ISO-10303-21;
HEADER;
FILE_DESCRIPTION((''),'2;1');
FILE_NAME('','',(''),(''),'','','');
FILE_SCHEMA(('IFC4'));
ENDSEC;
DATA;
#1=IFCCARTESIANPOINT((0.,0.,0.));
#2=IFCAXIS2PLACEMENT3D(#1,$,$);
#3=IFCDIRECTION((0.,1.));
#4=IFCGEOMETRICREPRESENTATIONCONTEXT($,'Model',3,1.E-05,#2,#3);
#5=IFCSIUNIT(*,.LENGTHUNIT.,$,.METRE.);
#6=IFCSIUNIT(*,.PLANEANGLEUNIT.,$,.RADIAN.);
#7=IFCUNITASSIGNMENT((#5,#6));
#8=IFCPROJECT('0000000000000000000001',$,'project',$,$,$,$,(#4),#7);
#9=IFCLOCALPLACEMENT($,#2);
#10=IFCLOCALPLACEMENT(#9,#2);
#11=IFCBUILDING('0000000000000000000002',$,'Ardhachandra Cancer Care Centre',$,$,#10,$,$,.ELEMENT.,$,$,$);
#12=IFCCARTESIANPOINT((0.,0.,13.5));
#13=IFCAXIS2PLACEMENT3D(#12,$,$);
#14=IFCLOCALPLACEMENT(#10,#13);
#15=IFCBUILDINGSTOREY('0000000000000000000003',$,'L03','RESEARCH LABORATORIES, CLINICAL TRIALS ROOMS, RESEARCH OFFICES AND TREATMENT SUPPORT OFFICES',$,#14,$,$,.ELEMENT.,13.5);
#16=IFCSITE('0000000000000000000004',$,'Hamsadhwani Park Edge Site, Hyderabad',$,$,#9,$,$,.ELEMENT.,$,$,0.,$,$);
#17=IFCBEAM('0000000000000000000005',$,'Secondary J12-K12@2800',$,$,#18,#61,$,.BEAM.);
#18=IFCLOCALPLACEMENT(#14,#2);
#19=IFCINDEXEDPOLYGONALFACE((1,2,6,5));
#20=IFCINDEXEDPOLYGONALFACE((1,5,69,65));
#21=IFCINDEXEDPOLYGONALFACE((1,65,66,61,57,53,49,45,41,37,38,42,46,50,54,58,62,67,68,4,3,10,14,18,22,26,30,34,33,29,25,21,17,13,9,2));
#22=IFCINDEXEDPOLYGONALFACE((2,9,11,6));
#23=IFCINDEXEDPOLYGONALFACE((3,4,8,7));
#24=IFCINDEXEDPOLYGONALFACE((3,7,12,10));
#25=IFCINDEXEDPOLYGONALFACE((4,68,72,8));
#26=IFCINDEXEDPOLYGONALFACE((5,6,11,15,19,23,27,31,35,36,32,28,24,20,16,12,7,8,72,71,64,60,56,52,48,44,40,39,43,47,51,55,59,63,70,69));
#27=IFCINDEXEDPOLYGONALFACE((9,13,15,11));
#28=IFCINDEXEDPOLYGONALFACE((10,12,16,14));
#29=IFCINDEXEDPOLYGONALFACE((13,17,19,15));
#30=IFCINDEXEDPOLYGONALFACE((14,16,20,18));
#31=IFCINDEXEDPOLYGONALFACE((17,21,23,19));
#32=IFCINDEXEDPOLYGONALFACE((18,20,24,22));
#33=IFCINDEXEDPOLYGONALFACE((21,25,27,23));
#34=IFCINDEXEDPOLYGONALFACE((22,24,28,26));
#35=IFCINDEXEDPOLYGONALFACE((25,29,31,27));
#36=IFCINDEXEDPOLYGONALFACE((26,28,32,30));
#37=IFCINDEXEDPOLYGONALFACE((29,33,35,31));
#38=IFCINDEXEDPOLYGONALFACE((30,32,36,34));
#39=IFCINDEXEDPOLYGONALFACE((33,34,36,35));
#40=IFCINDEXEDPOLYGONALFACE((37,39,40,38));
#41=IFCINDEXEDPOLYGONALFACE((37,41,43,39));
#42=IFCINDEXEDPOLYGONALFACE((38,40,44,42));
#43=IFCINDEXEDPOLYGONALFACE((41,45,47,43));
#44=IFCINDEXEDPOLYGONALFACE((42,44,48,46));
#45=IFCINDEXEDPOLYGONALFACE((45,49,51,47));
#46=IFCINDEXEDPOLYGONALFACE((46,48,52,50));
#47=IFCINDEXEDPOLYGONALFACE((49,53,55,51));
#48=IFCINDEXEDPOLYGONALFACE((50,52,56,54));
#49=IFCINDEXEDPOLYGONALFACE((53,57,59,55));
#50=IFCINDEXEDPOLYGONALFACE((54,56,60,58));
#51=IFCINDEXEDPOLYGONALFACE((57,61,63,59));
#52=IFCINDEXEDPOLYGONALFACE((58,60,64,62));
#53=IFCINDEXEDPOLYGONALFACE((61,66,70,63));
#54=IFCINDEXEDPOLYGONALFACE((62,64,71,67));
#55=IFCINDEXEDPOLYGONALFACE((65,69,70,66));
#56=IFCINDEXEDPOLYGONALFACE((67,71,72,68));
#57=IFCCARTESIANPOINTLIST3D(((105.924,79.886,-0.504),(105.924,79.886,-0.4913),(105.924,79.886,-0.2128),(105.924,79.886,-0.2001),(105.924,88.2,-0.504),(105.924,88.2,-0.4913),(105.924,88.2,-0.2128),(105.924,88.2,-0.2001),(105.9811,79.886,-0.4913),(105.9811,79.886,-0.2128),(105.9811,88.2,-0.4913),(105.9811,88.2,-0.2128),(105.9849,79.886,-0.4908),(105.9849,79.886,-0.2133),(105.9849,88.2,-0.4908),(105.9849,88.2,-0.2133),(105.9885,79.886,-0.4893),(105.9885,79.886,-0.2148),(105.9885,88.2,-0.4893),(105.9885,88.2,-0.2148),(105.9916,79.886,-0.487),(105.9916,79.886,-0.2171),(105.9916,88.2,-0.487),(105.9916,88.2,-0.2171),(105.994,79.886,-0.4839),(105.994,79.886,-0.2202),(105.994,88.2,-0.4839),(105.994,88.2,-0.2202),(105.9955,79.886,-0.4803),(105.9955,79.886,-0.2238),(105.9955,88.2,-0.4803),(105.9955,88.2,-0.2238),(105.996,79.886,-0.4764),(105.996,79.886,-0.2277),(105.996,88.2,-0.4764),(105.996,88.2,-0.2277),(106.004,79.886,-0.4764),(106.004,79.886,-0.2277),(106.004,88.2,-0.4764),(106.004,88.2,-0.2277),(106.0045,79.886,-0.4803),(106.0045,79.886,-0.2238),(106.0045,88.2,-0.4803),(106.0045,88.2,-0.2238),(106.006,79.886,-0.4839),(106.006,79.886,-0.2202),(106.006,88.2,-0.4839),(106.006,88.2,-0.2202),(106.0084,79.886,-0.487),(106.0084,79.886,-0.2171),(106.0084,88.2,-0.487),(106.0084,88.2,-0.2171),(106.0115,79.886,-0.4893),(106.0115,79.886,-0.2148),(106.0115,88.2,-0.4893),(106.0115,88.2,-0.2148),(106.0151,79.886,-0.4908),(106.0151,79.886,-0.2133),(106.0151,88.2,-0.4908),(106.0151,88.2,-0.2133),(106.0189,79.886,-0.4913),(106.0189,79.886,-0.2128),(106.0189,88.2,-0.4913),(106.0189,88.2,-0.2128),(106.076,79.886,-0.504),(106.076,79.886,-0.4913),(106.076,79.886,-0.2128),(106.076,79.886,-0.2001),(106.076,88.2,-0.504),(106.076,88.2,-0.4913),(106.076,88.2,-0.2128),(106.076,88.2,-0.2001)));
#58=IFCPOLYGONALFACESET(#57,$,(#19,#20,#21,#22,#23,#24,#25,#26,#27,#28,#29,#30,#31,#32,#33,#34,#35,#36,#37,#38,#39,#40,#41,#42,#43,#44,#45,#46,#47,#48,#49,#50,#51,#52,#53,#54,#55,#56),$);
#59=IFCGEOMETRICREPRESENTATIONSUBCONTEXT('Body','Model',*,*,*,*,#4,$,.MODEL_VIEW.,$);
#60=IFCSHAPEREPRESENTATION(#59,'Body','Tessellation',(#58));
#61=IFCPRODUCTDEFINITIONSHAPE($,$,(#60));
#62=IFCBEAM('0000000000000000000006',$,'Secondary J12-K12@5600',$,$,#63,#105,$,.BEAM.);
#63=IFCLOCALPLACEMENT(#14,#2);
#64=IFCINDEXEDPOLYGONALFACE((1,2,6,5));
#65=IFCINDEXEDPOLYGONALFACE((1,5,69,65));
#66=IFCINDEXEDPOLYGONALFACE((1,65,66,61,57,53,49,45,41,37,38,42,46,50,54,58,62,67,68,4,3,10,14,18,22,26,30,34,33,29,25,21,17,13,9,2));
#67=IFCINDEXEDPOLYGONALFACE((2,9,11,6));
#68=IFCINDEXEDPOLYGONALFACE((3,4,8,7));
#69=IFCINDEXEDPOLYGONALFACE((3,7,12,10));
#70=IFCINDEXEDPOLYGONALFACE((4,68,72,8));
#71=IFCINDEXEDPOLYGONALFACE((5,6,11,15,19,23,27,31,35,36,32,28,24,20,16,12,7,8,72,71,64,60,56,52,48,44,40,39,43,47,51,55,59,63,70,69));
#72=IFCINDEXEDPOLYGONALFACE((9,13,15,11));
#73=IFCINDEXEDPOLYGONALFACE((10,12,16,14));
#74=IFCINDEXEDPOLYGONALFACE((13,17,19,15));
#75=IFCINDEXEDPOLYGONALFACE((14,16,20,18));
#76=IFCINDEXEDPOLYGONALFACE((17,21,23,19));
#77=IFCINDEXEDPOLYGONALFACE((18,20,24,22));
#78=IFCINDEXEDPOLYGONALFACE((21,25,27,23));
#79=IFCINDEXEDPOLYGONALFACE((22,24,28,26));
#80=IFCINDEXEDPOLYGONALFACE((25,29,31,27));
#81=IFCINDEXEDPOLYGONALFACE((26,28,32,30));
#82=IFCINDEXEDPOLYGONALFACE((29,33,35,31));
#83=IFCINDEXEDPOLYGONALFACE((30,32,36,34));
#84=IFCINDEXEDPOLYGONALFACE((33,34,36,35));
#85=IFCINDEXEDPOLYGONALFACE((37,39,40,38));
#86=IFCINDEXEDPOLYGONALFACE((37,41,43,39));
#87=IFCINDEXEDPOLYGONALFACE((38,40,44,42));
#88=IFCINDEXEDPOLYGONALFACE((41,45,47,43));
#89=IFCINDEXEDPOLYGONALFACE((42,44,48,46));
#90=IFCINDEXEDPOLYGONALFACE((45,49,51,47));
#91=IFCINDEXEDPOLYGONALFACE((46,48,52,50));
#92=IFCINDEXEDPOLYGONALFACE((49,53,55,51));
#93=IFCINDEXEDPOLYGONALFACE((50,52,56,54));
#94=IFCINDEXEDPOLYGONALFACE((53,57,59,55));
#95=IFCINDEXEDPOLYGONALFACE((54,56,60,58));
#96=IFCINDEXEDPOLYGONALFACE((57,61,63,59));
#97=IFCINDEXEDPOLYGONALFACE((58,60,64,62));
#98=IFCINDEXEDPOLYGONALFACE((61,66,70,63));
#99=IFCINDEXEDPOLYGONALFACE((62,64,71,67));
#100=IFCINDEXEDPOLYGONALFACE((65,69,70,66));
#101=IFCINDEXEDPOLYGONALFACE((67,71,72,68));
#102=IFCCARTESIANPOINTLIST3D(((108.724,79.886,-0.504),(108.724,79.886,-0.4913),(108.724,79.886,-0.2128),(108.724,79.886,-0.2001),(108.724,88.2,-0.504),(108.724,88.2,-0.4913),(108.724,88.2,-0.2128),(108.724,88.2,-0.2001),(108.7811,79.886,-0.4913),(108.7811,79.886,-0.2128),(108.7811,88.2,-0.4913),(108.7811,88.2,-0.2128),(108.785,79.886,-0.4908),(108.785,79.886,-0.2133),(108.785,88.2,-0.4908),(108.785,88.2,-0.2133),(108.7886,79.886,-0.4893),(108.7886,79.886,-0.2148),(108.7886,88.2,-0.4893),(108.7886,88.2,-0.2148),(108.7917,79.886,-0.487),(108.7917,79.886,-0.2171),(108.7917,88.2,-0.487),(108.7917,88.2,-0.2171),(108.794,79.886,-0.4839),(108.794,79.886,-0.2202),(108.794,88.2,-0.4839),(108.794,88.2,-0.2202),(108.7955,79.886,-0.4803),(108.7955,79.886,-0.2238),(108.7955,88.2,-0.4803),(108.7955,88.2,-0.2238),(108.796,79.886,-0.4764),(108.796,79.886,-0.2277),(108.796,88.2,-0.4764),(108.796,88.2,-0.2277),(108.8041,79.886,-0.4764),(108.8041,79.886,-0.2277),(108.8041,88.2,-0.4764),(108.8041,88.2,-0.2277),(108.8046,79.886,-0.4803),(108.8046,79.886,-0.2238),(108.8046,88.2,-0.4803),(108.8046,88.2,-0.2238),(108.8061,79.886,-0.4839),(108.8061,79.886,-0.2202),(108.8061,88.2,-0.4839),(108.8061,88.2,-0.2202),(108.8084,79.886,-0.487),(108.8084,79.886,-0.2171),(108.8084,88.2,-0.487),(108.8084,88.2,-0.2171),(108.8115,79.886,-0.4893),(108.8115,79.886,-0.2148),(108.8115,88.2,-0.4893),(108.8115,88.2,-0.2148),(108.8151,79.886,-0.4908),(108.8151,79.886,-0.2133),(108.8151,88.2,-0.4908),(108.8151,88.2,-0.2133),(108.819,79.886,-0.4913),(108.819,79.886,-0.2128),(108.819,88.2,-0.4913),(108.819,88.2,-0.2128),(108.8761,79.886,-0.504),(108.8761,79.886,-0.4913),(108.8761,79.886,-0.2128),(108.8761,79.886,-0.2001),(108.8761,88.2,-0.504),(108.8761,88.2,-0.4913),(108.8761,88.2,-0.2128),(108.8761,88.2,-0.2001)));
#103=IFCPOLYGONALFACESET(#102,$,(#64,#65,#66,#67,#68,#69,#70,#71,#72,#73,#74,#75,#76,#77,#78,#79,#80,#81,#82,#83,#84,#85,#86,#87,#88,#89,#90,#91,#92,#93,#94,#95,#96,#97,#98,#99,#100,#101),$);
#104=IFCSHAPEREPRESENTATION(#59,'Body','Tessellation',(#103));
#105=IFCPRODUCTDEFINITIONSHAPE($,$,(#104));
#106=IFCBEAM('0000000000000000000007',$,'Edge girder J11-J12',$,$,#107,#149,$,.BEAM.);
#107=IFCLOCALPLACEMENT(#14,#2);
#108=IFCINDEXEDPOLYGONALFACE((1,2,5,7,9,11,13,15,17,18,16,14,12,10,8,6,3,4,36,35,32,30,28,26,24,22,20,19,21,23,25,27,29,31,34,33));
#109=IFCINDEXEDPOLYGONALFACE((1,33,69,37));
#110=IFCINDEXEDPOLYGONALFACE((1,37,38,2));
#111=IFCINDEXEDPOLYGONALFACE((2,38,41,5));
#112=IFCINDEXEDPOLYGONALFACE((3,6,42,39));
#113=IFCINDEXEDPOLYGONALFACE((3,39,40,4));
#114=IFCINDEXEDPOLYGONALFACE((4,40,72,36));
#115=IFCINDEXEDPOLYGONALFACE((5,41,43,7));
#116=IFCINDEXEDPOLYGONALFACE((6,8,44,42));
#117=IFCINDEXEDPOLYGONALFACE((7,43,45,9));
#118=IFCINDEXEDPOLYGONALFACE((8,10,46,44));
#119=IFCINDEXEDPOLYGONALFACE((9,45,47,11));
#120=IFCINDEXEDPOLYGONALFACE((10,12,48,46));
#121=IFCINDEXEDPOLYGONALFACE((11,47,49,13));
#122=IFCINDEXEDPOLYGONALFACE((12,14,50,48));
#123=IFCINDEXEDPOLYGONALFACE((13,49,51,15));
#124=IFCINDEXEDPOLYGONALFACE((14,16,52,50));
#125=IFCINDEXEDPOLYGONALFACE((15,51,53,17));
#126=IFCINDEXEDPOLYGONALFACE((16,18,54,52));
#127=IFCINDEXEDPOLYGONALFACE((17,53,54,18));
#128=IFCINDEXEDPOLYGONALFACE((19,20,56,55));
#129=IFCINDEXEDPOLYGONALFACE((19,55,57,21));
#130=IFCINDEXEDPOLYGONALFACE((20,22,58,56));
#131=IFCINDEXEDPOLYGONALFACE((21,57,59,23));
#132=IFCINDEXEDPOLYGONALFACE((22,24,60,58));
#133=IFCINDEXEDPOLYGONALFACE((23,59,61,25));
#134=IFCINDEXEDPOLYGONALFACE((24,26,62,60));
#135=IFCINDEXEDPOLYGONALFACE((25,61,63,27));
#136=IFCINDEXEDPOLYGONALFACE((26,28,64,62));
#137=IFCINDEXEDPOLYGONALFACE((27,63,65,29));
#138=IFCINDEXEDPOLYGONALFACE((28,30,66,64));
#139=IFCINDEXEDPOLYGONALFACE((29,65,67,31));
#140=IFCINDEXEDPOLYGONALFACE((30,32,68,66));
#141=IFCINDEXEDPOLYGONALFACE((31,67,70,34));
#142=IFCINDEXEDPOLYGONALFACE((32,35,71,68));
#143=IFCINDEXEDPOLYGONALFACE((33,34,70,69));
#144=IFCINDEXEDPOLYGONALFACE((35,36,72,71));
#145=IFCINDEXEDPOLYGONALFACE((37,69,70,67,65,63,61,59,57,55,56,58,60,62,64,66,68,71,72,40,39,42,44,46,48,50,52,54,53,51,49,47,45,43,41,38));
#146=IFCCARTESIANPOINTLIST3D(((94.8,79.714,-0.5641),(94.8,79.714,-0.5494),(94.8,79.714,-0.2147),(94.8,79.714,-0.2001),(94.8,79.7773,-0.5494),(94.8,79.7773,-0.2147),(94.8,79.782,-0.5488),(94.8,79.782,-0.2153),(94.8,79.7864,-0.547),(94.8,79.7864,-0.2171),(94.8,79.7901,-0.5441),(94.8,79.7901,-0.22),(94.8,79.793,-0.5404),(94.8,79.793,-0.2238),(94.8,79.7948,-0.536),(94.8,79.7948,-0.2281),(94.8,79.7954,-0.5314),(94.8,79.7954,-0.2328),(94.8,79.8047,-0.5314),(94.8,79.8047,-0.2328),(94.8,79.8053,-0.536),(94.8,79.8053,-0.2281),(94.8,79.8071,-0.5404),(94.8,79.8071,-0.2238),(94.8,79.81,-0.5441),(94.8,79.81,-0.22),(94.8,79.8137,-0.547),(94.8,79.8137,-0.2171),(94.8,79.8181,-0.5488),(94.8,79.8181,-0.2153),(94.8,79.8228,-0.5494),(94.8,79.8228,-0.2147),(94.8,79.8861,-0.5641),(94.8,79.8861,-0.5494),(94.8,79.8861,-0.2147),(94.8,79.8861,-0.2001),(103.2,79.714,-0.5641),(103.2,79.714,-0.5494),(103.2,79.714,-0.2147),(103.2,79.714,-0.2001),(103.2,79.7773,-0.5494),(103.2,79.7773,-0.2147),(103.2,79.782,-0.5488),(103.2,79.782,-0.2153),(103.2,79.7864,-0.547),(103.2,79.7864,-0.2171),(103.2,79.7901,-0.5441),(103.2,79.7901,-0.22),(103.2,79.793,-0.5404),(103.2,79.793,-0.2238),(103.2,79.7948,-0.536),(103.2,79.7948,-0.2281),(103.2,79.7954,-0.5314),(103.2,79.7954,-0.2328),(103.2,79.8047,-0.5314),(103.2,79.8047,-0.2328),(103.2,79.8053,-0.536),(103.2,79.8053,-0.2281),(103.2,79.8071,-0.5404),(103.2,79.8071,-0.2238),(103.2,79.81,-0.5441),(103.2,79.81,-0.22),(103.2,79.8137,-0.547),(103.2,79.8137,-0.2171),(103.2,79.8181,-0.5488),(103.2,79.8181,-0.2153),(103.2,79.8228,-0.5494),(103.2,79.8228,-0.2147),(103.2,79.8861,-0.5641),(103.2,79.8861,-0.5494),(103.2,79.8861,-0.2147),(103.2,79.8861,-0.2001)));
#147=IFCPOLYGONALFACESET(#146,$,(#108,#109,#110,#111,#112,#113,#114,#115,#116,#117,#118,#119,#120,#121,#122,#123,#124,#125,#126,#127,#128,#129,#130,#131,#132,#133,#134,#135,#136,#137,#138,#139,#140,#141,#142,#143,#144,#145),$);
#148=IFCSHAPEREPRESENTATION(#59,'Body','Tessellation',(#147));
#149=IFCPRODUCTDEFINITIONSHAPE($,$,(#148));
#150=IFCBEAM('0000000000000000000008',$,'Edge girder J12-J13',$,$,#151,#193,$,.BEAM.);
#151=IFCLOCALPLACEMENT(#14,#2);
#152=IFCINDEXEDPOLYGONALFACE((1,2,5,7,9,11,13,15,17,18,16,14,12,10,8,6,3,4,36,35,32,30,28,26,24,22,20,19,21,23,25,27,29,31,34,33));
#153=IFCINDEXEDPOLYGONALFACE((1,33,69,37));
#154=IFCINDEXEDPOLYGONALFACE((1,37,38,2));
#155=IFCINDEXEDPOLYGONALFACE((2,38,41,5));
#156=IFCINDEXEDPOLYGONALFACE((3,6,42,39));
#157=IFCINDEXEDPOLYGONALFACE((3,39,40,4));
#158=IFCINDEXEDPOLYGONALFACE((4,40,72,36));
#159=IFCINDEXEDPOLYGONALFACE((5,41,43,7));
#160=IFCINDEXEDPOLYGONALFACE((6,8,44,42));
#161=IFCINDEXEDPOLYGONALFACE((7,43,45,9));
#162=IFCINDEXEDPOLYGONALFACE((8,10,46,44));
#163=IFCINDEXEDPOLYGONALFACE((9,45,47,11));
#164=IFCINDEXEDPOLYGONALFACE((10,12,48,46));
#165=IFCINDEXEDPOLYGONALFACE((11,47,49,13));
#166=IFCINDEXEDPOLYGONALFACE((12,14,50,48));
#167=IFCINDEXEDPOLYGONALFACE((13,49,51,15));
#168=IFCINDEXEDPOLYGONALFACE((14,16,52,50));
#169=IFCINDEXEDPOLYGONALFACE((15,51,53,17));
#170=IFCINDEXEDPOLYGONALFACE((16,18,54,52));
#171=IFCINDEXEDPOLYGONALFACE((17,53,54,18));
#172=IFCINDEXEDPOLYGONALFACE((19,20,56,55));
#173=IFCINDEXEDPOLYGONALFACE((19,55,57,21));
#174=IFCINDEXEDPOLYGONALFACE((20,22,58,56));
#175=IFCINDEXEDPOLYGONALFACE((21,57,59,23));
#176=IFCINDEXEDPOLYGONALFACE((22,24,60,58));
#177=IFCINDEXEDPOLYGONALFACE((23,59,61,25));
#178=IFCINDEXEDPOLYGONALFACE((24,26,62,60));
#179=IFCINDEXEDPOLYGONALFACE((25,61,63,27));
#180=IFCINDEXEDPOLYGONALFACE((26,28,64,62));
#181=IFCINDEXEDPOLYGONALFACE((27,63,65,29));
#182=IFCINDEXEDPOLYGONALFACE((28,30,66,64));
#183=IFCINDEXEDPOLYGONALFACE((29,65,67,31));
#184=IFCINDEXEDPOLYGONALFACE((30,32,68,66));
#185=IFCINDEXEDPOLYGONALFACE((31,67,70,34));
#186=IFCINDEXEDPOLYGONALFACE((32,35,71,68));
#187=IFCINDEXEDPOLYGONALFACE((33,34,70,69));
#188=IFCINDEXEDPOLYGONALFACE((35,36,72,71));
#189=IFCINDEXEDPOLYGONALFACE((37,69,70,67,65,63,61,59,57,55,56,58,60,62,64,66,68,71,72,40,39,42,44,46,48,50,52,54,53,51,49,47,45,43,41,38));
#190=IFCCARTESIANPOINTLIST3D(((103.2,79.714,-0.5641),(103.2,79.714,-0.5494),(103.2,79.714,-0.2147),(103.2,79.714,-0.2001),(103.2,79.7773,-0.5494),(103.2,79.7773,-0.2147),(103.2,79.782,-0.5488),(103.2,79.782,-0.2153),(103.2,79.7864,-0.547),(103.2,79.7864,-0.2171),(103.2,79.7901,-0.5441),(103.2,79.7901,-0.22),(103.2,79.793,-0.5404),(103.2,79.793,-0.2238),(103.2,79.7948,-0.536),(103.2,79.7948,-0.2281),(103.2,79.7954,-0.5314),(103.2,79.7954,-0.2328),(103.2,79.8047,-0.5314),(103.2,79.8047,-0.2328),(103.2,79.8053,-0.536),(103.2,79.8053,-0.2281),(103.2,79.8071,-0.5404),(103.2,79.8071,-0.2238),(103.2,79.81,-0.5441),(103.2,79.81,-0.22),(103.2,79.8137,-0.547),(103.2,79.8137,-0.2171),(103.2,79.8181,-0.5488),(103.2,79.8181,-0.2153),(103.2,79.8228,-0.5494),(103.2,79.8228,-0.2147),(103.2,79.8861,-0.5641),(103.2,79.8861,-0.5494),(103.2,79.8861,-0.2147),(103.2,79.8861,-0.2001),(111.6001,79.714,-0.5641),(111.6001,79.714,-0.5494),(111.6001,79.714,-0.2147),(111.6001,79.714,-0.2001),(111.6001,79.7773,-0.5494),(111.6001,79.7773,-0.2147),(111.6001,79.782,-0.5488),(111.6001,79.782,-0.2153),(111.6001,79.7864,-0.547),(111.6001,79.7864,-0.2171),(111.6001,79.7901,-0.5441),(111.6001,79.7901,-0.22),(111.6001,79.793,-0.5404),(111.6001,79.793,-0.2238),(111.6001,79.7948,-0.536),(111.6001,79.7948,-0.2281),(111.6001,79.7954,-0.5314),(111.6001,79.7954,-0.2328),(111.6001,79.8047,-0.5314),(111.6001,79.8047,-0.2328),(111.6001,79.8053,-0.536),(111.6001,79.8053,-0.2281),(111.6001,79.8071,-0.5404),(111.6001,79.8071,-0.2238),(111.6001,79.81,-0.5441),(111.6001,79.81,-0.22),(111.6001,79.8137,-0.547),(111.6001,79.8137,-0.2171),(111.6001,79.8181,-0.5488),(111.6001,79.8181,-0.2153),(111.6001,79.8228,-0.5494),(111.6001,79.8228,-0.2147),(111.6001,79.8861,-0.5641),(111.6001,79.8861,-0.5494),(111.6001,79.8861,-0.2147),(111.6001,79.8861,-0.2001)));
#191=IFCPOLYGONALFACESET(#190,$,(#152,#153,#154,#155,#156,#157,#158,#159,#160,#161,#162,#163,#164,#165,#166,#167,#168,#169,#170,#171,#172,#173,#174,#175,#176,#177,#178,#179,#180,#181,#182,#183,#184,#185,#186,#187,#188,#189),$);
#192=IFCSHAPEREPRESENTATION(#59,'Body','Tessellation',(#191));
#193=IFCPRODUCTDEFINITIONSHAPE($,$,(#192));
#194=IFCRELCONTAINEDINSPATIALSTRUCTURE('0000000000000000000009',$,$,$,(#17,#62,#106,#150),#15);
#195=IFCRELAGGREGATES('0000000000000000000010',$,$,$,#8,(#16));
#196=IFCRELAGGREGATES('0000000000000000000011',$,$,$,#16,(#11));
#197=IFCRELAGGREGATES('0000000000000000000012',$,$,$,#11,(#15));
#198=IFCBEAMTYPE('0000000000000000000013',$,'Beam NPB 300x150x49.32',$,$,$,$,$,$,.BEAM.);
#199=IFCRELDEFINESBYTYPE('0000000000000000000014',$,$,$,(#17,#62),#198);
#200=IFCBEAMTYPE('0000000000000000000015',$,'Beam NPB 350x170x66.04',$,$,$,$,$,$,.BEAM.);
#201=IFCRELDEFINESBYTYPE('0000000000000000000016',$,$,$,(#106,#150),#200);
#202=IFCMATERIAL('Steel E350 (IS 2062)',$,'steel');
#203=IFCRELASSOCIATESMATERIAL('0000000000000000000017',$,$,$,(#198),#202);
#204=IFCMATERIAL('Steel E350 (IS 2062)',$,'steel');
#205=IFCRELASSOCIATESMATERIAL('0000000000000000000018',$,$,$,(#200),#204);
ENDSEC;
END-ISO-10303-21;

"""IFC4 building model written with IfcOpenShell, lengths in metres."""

from ifc_helpers import new_model, si_unit, direction, frame, origin, origin_2d, place, context, subcontext, project, spatial, i_section, extrude, material, material_profile, profile_set, type_object, element, save


model = new_model("IFC4")

# Units and contexts
model_context = context("Model", 3, precision=1e-05, world=origin(), true_north=direction((0.0, 1.0)))
body_context = subcontext(model_context, "Body", "Model", "MODEL_VIEW")
ifc_project = project(units=[si_unit("LENGTHUNIT", "METRE"), si_unit("PLANEANGLEUNIT", "RADIAN")], contexts=[model_context])

# Site, building, storey
site_placement = place(None, origin())
site = spatial("IfcSite", under=ifc_project, at=site_placement, Name="Hamsadhwani Park Edge Site, Hyderabad", CompositionType="ELEMENT", RefElevation=0.0)
building_placement = place(site_placement, origin())
building = spatial("IfcBuilding", under=site, at=building_placement, Name="Ardhachandra Cancer Care Centre", CompositionType="ELEMENT")
storey_placement = place(building_placement, frame((0.0, 0.0, 13.5)))
storey = spatial("IfcBuildingStorey", under=building, at=storey_placement, Name="L03", Description="RESEARCH LABORATORIES, CLINICAL TRIALS ROOMS, RESEARCH OFFICES AND TREATMENT SUPPORT OFFICES", CompositionType="ELEMENT", Elevation=13.5)

# Beams
ifc_material_1 = material(Name="Steel E350 (IS 2062)", Category="steel")
ifc_material_profile_1 = material_profile(ifc_material_1, i_section(OverallWidth=0.1521, OverallDepth=0.304, WebThickness=0.0081, FlangeThickness=0.0127, FilletRadius=0.0149, at=origin_2d()), Name="NPB 300x150x49.32")
ifc_profile_set_1 = profile_set([ifc_material_profile_1], Name="Steel E350 (IS 2062)")
beam_type_1 = type_object("IfcBeamType", Name="Beam NPB 300x150x49.32", PredefinedType="BEAM", material=ifc_profile_set_1)
for number, where, z_axis, x_axis, name in (
    (1, (106.0, 79.886, -0.3521), (0.0, 1.0, 0.0), (-1.0, 0.0, 0.0), "Secondary J12-K12@2800"),
    (2, (108.8, 79.886, -0.3521), (0.0, 1.0, 0.0), (-1.0, 0.0, 0.0), "Secondary J12-K12@5600"),
):
    element("IfcBeam", number, at=place(storey_placement, frame(where, z_axis=z_axis, x_axis=x_axis)), inside=storey, type_object=beam_type_1, Name=name, PredefinedType="BEAM", context=body_context, shape_type="SweptSolid", body=[
        extrude(i_section(OverallWidth=0.1521, OverallDepth=0.304, WebThickness=0.0081, FlangeThickness=0.0127, FilletRadius=0.0149, at=origin_2d()), origin(), (0.0, 0.0, 1.0), 8.314),
    ])
ifc_material_2 = material(Name="Steel E350 (IS 2062)", Category="steel")
ifc_material_profile_2 = material_profile(ifc_material_2, i_section(OverallWidth=0.1721, OverallDepth=0.364, WebThickness=0.0093, FlangeThickness=0.0146, FilletRadius=0.0181, at=origin_2d()), Name="NPB 350x170x66.04")
ifc_profile_set_2 = profile_set([ifc_material_profile_2], Name="Steel E350 (IS 2062)")
beam_type_2 = type_object("IfcBeamType", Name="Beam NPB 350x170x66.04", PredefinedType="BEAM", material=ifc_profile_set_2)
beam_1_placement = place(storey_placement, frame((94.8, 79.8, -0.3821), z_axis=(1.0, 0.0, 0.0), x_axis=(0.0, 1.0, 0.0)))
element("IfcBeam", 3, at=beam_1_placement, inside=storey, type_object=beam_type_2, Name="Edge girder J11-J12", PredefinedType="BEAM", context=body_context, shape_type="SweptSolid", body=[
    extrude(i_section(OverallWidth=0.1721, OverallDepth=0.364, WebThickness=0.0093, FlangeThickness=0.0146, FilletRadius=0.0181, at=origin_2d()), origin(), (0.0, 0.0, 1.0), 8.3999),
])
beam_2_placement = place(storey_placement, frame((103.2, 79.8, -0.3821), z_axis=(1.0, 0.0, 0.0), x_axis=(0.0, 1.0, 0.0)))
element("IfcBeam", 4, at=beam_2_placement, inside=storey, type_object=beam_type_2, Name="Edge girder J12-J13", PredefinedType="BEAM", context=body_context, shape_type="SweptSolid", body=[
    extrude(i_section(OverallWidth=0.1721, OverallDepth=0.364, WebThickness=0.0093, FlangeThickness=0.0146, FilletRadius=0.0181, at=origin_2d()), origin(), (0.0, 0.0, 1.0), 8.4001),
])

save(model, "model.ifc")
